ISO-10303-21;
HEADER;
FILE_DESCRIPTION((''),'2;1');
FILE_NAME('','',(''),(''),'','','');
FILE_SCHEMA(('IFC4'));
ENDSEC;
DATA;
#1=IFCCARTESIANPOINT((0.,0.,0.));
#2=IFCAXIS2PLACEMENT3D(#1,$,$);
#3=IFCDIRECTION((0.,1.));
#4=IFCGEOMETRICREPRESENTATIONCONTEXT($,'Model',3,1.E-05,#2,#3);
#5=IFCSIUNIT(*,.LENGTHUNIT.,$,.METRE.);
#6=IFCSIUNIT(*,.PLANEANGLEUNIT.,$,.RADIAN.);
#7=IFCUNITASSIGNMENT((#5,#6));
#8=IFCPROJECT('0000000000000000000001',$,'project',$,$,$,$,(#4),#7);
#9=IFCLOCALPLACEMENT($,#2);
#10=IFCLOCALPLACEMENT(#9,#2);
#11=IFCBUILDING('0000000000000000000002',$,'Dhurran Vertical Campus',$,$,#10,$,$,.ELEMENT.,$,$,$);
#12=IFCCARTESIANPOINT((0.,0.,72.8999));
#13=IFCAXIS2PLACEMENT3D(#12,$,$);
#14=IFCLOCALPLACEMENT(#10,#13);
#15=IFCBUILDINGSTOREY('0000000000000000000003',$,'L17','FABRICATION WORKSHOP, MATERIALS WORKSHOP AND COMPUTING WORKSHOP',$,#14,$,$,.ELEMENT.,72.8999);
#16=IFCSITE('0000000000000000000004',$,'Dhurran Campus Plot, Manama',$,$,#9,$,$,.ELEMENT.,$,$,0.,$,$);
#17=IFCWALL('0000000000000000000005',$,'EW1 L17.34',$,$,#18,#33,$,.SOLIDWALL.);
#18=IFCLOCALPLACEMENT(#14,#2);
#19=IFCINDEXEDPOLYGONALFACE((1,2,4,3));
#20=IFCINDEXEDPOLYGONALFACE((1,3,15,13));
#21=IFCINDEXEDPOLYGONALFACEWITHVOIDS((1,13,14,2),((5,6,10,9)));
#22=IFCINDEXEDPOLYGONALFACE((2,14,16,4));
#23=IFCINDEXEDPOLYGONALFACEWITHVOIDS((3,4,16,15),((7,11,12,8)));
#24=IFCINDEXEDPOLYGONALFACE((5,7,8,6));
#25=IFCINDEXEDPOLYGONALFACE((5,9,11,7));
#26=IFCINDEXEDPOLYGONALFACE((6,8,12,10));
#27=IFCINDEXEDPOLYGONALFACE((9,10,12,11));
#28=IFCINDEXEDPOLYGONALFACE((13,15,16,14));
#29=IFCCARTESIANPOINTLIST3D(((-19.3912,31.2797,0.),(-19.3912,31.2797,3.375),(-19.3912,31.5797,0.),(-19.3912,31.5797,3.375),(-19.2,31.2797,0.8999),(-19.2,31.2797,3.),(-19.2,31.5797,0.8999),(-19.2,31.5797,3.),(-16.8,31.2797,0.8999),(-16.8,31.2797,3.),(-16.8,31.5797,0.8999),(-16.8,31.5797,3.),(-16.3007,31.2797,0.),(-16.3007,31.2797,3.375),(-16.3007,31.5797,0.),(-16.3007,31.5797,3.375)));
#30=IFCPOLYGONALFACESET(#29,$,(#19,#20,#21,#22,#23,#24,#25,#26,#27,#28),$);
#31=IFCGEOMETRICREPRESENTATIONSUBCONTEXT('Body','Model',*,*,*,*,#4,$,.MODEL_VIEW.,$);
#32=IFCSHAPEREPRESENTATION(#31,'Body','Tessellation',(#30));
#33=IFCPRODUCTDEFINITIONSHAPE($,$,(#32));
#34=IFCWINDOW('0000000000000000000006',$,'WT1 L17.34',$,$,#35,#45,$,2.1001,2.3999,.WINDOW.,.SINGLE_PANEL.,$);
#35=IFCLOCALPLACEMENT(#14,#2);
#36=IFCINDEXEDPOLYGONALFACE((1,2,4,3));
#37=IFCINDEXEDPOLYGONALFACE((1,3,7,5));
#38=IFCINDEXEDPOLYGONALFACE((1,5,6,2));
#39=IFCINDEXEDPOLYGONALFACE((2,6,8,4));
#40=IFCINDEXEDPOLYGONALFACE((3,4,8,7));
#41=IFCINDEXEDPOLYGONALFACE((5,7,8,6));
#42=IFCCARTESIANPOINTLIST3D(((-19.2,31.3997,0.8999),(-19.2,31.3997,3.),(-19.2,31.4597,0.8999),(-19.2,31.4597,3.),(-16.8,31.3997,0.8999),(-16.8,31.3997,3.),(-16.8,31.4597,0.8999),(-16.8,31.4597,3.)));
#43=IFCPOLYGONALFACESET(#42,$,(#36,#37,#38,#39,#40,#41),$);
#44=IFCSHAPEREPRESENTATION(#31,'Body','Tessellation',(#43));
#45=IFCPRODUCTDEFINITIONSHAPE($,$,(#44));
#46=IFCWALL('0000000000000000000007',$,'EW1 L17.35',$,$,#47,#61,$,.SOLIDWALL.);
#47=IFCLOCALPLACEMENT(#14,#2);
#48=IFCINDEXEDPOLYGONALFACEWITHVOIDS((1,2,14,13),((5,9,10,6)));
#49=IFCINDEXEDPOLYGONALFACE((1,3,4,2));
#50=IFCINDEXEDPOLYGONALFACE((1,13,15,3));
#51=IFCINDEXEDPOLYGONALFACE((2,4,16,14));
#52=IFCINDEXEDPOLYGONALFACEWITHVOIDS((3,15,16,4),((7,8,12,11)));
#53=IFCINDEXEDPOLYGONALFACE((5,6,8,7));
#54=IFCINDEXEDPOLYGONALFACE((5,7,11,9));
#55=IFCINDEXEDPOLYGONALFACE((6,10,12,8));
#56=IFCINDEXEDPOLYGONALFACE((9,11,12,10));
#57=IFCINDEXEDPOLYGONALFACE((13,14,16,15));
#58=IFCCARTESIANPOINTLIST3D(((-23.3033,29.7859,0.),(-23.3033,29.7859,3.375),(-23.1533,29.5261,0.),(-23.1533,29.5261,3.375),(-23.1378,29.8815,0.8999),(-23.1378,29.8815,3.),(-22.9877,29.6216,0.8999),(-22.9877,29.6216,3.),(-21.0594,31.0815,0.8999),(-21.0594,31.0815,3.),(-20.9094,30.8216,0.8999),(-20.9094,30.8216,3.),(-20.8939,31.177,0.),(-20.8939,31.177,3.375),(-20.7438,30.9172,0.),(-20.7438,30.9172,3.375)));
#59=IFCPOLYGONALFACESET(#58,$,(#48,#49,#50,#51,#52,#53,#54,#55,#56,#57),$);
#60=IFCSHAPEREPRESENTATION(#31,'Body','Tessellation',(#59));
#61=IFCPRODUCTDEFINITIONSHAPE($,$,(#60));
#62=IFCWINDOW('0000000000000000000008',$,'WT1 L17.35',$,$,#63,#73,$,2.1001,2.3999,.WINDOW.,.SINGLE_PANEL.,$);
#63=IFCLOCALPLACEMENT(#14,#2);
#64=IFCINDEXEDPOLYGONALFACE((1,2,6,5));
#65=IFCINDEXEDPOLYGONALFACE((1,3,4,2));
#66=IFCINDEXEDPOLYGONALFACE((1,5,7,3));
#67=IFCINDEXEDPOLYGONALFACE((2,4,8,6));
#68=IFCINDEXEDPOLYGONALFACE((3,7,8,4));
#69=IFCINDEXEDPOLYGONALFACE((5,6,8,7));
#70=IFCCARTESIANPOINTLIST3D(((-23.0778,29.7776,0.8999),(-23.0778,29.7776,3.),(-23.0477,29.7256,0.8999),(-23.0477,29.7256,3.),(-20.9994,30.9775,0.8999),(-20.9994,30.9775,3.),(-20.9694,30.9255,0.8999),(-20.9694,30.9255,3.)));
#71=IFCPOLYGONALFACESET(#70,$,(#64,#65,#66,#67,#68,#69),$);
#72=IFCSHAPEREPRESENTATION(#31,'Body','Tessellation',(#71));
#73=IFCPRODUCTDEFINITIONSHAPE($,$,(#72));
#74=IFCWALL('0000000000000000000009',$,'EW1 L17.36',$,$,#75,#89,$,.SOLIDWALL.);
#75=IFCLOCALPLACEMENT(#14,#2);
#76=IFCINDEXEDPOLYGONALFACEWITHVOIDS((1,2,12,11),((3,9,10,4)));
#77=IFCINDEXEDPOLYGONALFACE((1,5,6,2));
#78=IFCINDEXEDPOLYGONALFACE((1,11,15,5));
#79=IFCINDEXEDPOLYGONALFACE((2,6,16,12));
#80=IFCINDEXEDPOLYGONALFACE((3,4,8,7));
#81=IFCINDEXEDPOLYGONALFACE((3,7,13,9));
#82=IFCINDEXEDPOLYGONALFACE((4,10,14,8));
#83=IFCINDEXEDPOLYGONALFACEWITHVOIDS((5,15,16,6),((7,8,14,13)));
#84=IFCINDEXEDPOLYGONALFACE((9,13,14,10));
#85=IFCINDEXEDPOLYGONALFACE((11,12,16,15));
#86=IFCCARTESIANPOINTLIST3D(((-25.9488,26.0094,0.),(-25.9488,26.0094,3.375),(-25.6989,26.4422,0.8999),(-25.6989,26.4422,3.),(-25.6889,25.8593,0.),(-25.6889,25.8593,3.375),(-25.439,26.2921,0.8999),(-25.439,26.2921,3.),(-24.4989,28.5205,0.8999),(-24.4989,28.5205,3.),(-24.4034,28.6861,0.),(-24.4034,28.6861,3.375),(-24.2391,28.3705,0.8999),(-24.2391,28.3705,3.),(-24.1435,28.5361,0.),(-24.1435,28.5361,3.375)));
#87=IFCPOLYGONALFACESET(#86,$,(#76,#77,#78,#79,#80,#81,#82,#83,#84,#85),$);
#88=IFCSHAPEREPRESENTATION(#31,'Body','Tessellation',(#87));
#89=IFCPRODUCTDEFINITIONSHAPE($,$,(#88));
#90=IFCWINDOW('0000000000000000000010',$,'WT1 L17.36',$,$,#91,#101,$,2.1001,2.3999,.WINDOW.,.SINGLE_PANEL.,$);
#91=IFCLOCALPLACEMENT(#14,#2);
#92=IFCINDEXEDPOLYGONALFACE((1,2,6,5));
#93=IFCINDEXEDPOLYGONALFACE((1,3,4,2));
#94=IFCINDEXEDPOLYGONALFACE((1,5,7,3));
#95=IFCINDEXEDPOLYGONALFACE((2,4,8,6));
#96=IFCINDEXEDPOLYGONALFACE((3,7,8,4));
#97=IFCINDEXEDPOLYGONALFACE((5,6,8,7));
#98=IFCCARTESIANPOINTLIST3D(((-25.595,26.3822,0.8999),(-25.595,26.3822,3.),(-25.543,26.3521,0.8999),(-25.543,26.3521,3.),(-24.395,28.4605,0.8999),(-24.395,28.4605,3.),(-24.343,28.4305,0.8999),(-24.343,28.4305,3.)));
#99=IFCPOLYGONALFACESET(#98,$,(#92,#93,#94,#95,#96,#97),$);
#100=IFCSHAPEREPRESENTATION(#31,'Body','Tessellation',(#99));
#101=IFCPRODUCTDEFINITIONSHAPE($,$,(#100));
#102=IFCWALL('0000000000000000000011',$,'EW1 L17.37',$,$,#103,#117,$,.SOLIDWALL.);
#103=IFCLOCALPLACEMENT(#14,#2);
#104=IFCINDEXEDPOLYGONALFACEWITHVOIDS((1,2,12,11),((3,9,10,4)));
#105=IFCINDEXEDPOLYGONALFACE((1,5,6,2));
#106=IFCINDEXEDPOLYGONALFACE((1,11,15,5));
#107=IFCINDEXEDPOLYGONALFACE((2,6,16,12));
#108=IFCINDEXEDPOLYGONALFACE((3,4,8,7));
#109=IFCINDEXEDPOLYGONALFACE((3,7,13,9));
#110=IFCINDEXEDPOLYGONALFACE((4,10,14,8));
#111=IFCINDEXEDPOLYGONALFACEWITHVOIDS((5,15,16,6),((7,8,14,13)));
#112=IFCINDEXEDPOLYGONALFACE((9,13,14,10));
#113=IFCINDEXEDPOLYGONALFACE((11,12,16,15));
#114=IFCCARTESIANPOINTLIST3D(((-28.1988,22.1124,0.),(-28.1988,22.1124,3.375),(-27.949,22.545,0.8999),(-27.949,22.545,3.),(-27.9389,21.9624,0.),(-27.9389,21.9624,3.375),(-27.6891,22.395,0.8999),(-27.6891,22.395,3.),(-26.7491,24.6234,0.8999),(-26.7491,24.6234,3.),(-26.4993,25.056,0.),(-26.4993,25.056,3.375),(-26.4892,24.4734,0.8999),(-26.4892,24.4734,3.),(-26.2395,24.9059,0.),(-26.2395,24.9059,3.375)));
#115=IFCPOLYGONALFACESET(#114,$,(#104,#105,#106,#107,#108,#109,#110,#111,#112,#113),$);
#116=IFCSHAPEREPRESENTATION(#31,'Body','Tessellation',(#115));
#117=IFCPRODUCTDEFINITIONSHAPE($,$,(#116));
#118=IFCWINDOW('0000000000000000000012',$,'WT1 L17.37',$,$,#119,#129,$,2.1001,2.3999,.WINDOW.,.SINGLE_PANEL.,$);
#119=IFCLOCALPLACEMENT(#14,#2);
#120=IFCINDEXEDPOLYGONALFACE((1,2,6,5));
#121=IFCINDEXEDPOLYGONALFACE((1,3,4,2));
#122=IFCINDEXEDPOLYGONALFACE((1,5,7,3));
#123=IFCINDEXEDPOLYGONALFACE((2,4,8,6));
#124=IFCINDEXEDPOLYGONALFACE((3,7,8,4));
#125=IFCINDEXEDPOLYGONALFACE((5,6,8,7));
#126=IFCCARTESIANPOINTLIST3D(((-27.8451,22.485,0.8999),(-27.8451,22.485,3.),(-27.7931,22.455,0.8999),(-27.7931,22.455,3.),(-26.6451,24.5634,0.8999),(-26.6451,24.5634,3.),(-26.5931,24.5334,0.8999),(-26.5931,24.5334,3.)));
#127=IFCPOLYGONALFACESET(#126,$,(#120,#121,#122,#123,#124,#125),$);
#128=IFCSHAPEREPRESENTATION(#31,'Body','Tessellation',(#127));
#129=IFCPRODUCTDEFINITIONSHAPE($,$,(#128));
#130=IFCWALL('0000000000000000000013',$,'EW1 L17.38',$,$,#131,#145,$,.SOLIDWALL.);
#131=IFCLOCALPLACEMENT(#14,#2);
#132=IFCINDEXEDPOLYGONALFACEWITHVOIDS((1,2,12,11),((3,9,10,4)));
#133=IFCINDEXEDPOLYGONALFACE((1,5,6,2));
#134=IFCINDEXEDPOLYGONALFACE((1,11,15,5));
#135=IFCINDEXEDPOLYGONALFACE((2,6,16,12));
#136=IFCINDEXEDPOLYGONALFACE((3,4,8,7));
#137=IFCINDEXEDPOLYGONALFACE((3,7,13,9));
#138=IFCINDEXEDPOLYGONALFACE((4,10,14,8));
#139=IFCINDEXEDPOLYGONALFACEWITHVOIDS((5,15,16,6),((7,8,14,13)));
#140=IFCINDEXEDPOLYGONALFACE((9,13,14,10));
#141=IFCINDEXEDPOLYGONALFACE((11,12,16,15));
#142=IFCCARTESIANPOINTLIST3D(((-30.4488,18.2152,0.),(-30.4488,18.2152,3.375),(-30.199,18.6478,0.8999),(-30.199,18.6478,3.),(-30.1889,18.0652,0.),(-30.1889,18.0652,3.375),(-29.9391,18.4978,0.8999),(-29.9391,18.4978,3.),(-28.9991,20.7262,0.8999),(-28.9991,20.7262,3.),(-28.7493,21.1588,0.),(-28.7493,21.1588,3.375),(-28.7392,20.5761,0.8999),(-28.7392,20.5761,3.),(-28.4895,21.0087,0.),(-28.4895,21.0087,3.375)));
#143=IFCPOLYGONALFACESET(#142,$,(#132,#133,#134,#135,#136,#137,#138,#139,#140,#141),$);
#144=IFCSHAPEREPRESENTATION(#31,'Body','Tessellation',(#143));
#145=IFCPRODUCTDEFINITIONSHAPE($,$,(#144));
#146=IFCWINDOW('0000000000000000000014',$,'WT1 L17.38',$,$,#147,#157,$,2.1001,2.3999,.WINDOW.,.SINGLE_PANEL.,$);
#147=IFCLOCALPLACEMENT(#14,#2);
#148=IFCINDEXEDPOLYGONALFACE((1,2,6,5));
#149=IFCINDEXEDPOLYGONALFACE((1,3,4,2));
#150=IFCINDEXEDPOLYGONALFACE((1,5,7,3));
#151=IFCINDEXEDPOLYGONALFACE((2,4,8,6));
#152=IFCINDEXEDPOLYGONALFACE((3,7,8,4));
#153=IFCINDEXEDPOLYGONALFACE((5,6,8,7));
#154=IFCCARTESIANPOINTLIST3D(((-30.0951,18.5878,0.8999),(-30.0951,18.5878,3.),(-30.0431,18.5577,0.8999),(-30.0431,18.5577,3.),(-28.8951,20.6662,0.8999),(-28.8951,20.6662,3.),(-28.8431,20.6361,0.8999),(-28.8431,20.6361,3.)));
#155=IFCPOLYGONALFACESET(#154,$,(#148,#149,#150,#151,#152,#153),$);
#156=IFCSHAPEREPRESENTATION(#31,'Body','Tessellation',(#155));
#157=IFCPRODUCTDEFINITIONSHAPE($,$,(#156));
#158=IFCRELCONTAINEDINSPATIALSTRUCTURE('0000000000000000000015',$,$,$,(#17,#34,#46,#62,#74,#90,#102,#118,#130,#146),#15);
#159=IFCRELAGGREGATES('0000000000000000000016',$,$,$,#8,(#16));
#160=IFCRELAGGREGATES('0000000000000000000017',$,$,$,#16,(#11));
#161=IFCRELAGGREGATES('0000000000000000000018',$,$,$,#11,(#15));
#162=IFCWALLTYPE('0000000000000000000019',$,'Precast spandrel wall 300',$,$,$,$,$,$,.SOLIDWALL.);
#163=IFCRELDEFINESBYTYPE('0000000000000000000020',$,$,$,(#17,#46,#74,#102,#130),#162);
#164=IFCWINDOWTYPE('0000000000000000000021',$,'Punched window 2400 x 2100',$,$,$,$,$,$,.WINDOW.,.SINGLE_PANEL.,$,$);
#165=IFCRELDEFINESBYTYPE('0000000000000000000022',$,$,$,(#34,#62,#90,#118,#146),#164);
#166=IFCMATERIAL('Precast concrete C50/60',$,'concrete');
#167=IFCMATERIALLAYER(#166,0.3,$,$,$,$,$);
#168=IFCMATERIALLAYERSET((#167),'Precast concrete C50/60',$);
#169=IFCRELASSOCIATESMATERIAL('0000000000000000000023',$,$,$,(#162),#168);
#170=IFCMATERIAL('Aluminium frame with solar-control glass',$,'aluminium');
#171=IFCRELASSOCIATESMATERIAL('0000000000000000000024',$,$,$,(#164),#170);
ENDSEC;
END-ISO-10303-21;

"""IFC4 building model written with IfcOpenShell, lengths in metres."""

from ifc_helpers import new_model, si_unit, direction, frame, frame_2d, origin, place, context, subcontext, project, spatial, rectangle, extrude, material, layer, layer_set, type_object, element, fill, save


model = new_model("IFC4")

# Units and contexts
model_context = context("Model", 3, precision=1e-05, world=origin(), true_north=direction((0.0, 1.0)))
body_context = subcontext(model_context, "Body", "Model", "MODEL_VIEW")
ifc_project = project(units=[si_unit("LENGTHUNIT", "METRE"), si_unit("PLANEANGLEUNIT", "RADIAN")], contexts=[model_context])

# Site, building, storey
site_placement = place(None, origin())
site = spatial("IfcSite", under=ifc_project, at=site_placement, Name="Dhurran Campus Plot, Manama", CompositionType="ELEMENT", RefElevation=0.0)
building_placement = place(site_placement, origin())
building = spatial("IfcBuilding", under=site, at=building_placement, Name="Dhurran Vertical Campus", CompositionType="ELEMENT")
storey_placement = place(building_placement, frame((0.0, 0.0, 72.8999)))
storey = spatial("IfcBuildingStorey", under=building, at=storey_placement, Name="L17", Description="FABRICATION WORKSHOP, MATERIALS WORKSHOP AND COMPUTING WORKSHOP", CompositionType="ELEMENT", Elevation=72.8999)

# Walls, openings, windows
ifc_material_1 = material(Name="Precast concrete C50/60", Category="concrete")
ifc_layer_1 = layer(ifc_material_1, 0.3)
ifc_layer_set_1 = layer_set([ifc_layer_1], Name="Precast concrete C50/60")
wall_type_1 = type_object("IfcWallType", Name="Precast spandrel wall 300", PredefinedType="SOLIDWALL", material=ifc_layer_set_1)
wall_1_placement = place(storey_placement, frame((-16.3005, 31.4297, 0.0), z_axis=(0.0, 0.0, 1.0), x_axis=(-1.0, 0.0, 0.0)))
wall_1 = element("IfcWall", 1, at=wall_1_placement, inside=storey, type_object=wall_type_1, Name="EW1 L17.34", PredefinedType="SOLIDWALL", context=body_context, shape_type="SweptSolid", body=[
    extrude(rectangle(XDim=3.0906, YDim=0.3, at=frame_2d((1.5454, 0.0))), origin(), (0.0, 0.0, 1.0), 3.375),
])
opening_1_placement = place(wall_1_placement, frame((0.4995, 0.0, 0.8999)))
opening_1 = element("IfcOpeningElement", 2, at=opening_1_placement, cuts=wall_1, PredefinedType="OPENING", context=body_context, shape_type="SweptSolid", body=[
    extrude(rectangle(XDim=2.3999, YDim=2.1001, at=frame_2d((1.2, 1.05))), frame((0.0, 0.1599, 0.0), z_axis=(0.0, -1.0, 0.0), x_axis=(1.0, 0.0, 0.0)), (0.0, 0.0, 1.0), 0.3201),
])
ifc_material_2 = material(Name="Aluminium frame with solar-control glass", Category="aluminium")
window_type = type_object("IfcWindowType", Name="Punched window 2400 x 2100", PartitioningType="SINGLE_PANEL", PredefinedType="WINDOW", material=ifc_material_2)
window_1_placement = place(opening_1_placement, origin())
window_1 = element("IfcWindow", 3, at=window_1_placement, inside=storey, type_object=window_type, Name="WT1 L17.34", OverallHeight=2.1001, OverallWidth=2.3999, PartitioningType="SINGLE_PANEL", PredefinedType="WINDOW", context=body_context, shape_type="SweptSolid", body=[
    extrude(rectangle(XDim=2.3999, YDim=2.1001, at=frame_2d((1.2, 1.05))), frame((0.0, 0.03, 0.0), z_axis=(0.0, -1.0, 0.0), x_axis=(1.0, 0.0, 0.0)), (0.0, 0.0, 1.0), 0.0601),
])
fill(opening_1, window_1)
wall_2_placement = place(storey_placement, frame((-20.8188, 31.0471, 0.0), z_axis=(0.0, 0.0, 1.0), x_axis=(-0.86602, -0.500009, 0.0)))
wall_2 = element("IfcWall", 4, at=wall_2_placement, inside=storey, type_object=wall_type_1, Name="EW1 L17.35", PredefinedType="SOLIDWALL", context=body_context, shape_type="SweptSolid", body=[
    extrude(rectangle(XDim=2.7822, YDim=0.3, at=frame_2d((1.3911, 0.0))), origin(), (0.0, 0.0, 1.0), 3.375),
])
opening_2_placement = place(wall_2_placement, frame((0.1912, 0.0, 0.8999)))
opening_2 = element("IfcOpeningElement", 5, at=opening_2_placement, cuts=wall_2, PredefinedType="OPENING", context=body_context, shape_type="SweptSolid", body=[
    extrude(rectangle(XDim=2.3999, YDim=2.1001, at=frame_2d((1.2, 1.05))), frame((0.0, 0.1599, 0.0), z_axis=(0.0, -1.0, 0.0), x_axis=(1.0, 0.0, 0.0)), (0.0, 0.0, 1.0), 0.3201),
])
window_2_placement = place(opening_2_placement, origin())
window_2 = element("IfcWindow", 6, at=window_2_placement, inside=storey, type_object=window_type, Name="WT1 L17.35", OverallHeight=2.1001, OverallWidth=2.3999, PartitioningType="SINGLE_PANEL", PredefinedType="WINDOW", context=body_context, shape_type="SweptSolid", body=[
    extrude(rectangle(XDim=2.3999, YDim=2.1001, at=frame_2d((1.2, 1.05))), frame((0.0, 0.03, 0.0), z_axis=(0.0, -1.0, 0.0), x_axis=(1.0, 0.0, 0.0)), (0.0, 0.0, 1.0), 0.0601),
])
fill(opening_2, window_2)
wall_3_placement = place(storey_placement, frame((-24.2734, 28.6111, 0.0), z_axis=(0.0, 0.0, 1.0), x_axis=(-0.499996, -0.866028, 0.0)))
wall_3 = element("IfcWall", 7, at=wall_3_placement, inside=storey, type_object=wall_type_1, Name="EW1 L17.36", PredefinedType="SOLIDWALL", context=body_context, shape_type="SweptSolid", body=[
    extrude(rectangle(XDim=3.0908, YDim=0.3, at=frame_2d((1.5454, 0.0))), origin(), (0.0, 0.0, 1.0), 3.375),
])
opening_3_placement = place(wall_3_placement, frame((0.1912, 0.0, 0.8999)))
opening_3 = element("IfcOpeningElement", 8, at=opening_3_placement, cuts=wall_3, PredefinedType="OPENING", context=body_context, shape_type="SweptSolid", body=[
    extrude(rectangle(XDim=2.3999, YDim=2.1001, at=frame_2d((1.2, 1.05))), frame((0.0, 0.1599, 0.0), z_axis=(0.0, -1.0, 0.0), x_axis=(1.0, 0.0, 0.0)), (0.0, 0.0, 1.0), 0.3201),
])
window_3_placement = place(opening_3_placement, origin())
window_3 = element("IfcWindow", 9, at=window_3_placement, inside=storey, type_object=window_type, Name="WT1 L17.36", OverallHeight=2.1001, OverallWidth=2.3999, PartitioningType="SINGLE_PANEL", PredefinedType="WINDOW", context=body_context, shape_type="SweptSolid", body=[
    extrude(rectangle(XDim=2.3999, YDim=2.1001, at=frame_2d((1.2, 1.05))), frame((0.0, 0.03, 0.0), z_axis=(0.0, -1.0, 0.0), x_axis=(1.0, 0.0, 0.0)), (0.0, 0.0, 1.0), 0.0601),
])
fill(opening_3, window_3)
wall_4_placement = place(storey_placement, frame((-26.3694, 24.981, 0.0), z_axis=(0.0, 0.0, 1.0), x_axis=(-0.499994, -0.866029, 0.0)))
wall_4 = element("IfcWall", 10, at=wall_4_placement, inside=storey, type_object=wall_type_1, Name="EW1 L17.37", PredefinedType="SOLIDWALL", context=body_context, shape_type="SweptSolid", body=[
    extrude(rectangle(XDim=3.3989, YDim=0.3, at=frame_2d((1.6995, 0.0))), origin(), (0.0, 0.0, 1.0), 3.375),
])
opening_4_placement = place(wall_4_placement, frame((0.4995, 0.0, 0.8999)))
opening_4 = element("IfcOpeningElement", 11, at=opening_4_placement, cuts=wall_4, PredefinedType="OPENING", context=body_context, shape_type="SweptSolid", body=[
    extrude(rectangle(XDim=2.3999, YDim=2.1001, at=frame_2d((1.2, 1.05))), frame((0.0, 0.1599, 0.0), z_axis=(0.0, -1.0, 0.0), x_axis=(1.0, 0.0, 0.0)), (0.0, 0.0, 1.0), 0.3201),
])
window_4_placement = place(opening_4_placement, origin())
window_4 = element("IfcWindow", 12, at=window_4_placement, inside=storey, type_object=window_type, Name="WT1 L17.37", OverallHeight=2.1001, OverallWidth=2.3999, PartitioningType="SINGLE_PANEL", PredefinedType="WINDOW", context=body_context, shape_type="SweptSolid", body=[
    extrude(rectangle(XDim=2.3999, YDim=2.1001, at=frame_2d((1.2, 1.05))), frame((0.0, 0.03, 0.0), z_axis=(0.0, -1.0, 0.0), x_axis=(1.0, 0.0, 0.0)), (0.0, 0.0, 1.0), 0.0601),
])
fill(opening_4, window_4)
wall_5_placement = place(storey_placement, frame((-28.6194, 21.0837, 0.0), z_axis=(0.0, 0.0, 1.0), x_axis=(-0.499994, -0.866029, 0.0)))
wall_5 = element("IfcWall", 13, at=wall_5_placement, inside=storey, type_object=wall_type_1, Name="EW1 L17.38", PredefinedType="SOLIDWALL", context=body_context, shape_type="SweptSolid", body=[
    extrude(rectangle(XDim=3.3989, YDim=0.3, at=frame_2d((1.6995, 0.0))), origin(), (0.0, 0.0, 1.0), 3.375),
])
opening_5_placement = place(wall_5_placement, frame((0.4995, 0.0, 0.8999)))
opening_5 = element("IfcOpeningElement", 14, at=opening_5_placement, cuts=wall_5, PredefinedType="OPENING", context=body_context, shape_type="SweptSolid", body=[
    extrude(rectangle(XDim=2.3999, YDim=2.1001, at=frame_2d((1.2, 1.05))), frame((0.0, 0.1599, 0.0), z_axis=(0.0, -1.0, 0.0), x_axis=(1.0, 0.0, 0.0)), (0.0, 0.0, 1.0), 0.3201),
])
window_5_placement = place(opening_5_placement, origin())
window_5 = element("IfcWindow", 15, at=window_5_placement, inside=storey, type_object=window_type, Name="WT1 L17.38", OverallHeight=2.1001, OverallWidth=2.3999, PartitioningType="SINGLE_PANEL", PredefinedType="WINDOW", context=body_context, shape_type="SweptSolid", body=[
    extrude(rectangle(XDim=2.3999, YDim=2.1001, at=frame_2d((1.2, 1.05))), frame((0.0, 0.03, 0.0), z_axis=(0.0, -1.0, 0.0), x_axis=(1.0, 0.0, 0.0)), (0.0, 0.0, 1.0), 0.0601),
])
fill(opening_5, window_5)

save(model, "model.ifc")
